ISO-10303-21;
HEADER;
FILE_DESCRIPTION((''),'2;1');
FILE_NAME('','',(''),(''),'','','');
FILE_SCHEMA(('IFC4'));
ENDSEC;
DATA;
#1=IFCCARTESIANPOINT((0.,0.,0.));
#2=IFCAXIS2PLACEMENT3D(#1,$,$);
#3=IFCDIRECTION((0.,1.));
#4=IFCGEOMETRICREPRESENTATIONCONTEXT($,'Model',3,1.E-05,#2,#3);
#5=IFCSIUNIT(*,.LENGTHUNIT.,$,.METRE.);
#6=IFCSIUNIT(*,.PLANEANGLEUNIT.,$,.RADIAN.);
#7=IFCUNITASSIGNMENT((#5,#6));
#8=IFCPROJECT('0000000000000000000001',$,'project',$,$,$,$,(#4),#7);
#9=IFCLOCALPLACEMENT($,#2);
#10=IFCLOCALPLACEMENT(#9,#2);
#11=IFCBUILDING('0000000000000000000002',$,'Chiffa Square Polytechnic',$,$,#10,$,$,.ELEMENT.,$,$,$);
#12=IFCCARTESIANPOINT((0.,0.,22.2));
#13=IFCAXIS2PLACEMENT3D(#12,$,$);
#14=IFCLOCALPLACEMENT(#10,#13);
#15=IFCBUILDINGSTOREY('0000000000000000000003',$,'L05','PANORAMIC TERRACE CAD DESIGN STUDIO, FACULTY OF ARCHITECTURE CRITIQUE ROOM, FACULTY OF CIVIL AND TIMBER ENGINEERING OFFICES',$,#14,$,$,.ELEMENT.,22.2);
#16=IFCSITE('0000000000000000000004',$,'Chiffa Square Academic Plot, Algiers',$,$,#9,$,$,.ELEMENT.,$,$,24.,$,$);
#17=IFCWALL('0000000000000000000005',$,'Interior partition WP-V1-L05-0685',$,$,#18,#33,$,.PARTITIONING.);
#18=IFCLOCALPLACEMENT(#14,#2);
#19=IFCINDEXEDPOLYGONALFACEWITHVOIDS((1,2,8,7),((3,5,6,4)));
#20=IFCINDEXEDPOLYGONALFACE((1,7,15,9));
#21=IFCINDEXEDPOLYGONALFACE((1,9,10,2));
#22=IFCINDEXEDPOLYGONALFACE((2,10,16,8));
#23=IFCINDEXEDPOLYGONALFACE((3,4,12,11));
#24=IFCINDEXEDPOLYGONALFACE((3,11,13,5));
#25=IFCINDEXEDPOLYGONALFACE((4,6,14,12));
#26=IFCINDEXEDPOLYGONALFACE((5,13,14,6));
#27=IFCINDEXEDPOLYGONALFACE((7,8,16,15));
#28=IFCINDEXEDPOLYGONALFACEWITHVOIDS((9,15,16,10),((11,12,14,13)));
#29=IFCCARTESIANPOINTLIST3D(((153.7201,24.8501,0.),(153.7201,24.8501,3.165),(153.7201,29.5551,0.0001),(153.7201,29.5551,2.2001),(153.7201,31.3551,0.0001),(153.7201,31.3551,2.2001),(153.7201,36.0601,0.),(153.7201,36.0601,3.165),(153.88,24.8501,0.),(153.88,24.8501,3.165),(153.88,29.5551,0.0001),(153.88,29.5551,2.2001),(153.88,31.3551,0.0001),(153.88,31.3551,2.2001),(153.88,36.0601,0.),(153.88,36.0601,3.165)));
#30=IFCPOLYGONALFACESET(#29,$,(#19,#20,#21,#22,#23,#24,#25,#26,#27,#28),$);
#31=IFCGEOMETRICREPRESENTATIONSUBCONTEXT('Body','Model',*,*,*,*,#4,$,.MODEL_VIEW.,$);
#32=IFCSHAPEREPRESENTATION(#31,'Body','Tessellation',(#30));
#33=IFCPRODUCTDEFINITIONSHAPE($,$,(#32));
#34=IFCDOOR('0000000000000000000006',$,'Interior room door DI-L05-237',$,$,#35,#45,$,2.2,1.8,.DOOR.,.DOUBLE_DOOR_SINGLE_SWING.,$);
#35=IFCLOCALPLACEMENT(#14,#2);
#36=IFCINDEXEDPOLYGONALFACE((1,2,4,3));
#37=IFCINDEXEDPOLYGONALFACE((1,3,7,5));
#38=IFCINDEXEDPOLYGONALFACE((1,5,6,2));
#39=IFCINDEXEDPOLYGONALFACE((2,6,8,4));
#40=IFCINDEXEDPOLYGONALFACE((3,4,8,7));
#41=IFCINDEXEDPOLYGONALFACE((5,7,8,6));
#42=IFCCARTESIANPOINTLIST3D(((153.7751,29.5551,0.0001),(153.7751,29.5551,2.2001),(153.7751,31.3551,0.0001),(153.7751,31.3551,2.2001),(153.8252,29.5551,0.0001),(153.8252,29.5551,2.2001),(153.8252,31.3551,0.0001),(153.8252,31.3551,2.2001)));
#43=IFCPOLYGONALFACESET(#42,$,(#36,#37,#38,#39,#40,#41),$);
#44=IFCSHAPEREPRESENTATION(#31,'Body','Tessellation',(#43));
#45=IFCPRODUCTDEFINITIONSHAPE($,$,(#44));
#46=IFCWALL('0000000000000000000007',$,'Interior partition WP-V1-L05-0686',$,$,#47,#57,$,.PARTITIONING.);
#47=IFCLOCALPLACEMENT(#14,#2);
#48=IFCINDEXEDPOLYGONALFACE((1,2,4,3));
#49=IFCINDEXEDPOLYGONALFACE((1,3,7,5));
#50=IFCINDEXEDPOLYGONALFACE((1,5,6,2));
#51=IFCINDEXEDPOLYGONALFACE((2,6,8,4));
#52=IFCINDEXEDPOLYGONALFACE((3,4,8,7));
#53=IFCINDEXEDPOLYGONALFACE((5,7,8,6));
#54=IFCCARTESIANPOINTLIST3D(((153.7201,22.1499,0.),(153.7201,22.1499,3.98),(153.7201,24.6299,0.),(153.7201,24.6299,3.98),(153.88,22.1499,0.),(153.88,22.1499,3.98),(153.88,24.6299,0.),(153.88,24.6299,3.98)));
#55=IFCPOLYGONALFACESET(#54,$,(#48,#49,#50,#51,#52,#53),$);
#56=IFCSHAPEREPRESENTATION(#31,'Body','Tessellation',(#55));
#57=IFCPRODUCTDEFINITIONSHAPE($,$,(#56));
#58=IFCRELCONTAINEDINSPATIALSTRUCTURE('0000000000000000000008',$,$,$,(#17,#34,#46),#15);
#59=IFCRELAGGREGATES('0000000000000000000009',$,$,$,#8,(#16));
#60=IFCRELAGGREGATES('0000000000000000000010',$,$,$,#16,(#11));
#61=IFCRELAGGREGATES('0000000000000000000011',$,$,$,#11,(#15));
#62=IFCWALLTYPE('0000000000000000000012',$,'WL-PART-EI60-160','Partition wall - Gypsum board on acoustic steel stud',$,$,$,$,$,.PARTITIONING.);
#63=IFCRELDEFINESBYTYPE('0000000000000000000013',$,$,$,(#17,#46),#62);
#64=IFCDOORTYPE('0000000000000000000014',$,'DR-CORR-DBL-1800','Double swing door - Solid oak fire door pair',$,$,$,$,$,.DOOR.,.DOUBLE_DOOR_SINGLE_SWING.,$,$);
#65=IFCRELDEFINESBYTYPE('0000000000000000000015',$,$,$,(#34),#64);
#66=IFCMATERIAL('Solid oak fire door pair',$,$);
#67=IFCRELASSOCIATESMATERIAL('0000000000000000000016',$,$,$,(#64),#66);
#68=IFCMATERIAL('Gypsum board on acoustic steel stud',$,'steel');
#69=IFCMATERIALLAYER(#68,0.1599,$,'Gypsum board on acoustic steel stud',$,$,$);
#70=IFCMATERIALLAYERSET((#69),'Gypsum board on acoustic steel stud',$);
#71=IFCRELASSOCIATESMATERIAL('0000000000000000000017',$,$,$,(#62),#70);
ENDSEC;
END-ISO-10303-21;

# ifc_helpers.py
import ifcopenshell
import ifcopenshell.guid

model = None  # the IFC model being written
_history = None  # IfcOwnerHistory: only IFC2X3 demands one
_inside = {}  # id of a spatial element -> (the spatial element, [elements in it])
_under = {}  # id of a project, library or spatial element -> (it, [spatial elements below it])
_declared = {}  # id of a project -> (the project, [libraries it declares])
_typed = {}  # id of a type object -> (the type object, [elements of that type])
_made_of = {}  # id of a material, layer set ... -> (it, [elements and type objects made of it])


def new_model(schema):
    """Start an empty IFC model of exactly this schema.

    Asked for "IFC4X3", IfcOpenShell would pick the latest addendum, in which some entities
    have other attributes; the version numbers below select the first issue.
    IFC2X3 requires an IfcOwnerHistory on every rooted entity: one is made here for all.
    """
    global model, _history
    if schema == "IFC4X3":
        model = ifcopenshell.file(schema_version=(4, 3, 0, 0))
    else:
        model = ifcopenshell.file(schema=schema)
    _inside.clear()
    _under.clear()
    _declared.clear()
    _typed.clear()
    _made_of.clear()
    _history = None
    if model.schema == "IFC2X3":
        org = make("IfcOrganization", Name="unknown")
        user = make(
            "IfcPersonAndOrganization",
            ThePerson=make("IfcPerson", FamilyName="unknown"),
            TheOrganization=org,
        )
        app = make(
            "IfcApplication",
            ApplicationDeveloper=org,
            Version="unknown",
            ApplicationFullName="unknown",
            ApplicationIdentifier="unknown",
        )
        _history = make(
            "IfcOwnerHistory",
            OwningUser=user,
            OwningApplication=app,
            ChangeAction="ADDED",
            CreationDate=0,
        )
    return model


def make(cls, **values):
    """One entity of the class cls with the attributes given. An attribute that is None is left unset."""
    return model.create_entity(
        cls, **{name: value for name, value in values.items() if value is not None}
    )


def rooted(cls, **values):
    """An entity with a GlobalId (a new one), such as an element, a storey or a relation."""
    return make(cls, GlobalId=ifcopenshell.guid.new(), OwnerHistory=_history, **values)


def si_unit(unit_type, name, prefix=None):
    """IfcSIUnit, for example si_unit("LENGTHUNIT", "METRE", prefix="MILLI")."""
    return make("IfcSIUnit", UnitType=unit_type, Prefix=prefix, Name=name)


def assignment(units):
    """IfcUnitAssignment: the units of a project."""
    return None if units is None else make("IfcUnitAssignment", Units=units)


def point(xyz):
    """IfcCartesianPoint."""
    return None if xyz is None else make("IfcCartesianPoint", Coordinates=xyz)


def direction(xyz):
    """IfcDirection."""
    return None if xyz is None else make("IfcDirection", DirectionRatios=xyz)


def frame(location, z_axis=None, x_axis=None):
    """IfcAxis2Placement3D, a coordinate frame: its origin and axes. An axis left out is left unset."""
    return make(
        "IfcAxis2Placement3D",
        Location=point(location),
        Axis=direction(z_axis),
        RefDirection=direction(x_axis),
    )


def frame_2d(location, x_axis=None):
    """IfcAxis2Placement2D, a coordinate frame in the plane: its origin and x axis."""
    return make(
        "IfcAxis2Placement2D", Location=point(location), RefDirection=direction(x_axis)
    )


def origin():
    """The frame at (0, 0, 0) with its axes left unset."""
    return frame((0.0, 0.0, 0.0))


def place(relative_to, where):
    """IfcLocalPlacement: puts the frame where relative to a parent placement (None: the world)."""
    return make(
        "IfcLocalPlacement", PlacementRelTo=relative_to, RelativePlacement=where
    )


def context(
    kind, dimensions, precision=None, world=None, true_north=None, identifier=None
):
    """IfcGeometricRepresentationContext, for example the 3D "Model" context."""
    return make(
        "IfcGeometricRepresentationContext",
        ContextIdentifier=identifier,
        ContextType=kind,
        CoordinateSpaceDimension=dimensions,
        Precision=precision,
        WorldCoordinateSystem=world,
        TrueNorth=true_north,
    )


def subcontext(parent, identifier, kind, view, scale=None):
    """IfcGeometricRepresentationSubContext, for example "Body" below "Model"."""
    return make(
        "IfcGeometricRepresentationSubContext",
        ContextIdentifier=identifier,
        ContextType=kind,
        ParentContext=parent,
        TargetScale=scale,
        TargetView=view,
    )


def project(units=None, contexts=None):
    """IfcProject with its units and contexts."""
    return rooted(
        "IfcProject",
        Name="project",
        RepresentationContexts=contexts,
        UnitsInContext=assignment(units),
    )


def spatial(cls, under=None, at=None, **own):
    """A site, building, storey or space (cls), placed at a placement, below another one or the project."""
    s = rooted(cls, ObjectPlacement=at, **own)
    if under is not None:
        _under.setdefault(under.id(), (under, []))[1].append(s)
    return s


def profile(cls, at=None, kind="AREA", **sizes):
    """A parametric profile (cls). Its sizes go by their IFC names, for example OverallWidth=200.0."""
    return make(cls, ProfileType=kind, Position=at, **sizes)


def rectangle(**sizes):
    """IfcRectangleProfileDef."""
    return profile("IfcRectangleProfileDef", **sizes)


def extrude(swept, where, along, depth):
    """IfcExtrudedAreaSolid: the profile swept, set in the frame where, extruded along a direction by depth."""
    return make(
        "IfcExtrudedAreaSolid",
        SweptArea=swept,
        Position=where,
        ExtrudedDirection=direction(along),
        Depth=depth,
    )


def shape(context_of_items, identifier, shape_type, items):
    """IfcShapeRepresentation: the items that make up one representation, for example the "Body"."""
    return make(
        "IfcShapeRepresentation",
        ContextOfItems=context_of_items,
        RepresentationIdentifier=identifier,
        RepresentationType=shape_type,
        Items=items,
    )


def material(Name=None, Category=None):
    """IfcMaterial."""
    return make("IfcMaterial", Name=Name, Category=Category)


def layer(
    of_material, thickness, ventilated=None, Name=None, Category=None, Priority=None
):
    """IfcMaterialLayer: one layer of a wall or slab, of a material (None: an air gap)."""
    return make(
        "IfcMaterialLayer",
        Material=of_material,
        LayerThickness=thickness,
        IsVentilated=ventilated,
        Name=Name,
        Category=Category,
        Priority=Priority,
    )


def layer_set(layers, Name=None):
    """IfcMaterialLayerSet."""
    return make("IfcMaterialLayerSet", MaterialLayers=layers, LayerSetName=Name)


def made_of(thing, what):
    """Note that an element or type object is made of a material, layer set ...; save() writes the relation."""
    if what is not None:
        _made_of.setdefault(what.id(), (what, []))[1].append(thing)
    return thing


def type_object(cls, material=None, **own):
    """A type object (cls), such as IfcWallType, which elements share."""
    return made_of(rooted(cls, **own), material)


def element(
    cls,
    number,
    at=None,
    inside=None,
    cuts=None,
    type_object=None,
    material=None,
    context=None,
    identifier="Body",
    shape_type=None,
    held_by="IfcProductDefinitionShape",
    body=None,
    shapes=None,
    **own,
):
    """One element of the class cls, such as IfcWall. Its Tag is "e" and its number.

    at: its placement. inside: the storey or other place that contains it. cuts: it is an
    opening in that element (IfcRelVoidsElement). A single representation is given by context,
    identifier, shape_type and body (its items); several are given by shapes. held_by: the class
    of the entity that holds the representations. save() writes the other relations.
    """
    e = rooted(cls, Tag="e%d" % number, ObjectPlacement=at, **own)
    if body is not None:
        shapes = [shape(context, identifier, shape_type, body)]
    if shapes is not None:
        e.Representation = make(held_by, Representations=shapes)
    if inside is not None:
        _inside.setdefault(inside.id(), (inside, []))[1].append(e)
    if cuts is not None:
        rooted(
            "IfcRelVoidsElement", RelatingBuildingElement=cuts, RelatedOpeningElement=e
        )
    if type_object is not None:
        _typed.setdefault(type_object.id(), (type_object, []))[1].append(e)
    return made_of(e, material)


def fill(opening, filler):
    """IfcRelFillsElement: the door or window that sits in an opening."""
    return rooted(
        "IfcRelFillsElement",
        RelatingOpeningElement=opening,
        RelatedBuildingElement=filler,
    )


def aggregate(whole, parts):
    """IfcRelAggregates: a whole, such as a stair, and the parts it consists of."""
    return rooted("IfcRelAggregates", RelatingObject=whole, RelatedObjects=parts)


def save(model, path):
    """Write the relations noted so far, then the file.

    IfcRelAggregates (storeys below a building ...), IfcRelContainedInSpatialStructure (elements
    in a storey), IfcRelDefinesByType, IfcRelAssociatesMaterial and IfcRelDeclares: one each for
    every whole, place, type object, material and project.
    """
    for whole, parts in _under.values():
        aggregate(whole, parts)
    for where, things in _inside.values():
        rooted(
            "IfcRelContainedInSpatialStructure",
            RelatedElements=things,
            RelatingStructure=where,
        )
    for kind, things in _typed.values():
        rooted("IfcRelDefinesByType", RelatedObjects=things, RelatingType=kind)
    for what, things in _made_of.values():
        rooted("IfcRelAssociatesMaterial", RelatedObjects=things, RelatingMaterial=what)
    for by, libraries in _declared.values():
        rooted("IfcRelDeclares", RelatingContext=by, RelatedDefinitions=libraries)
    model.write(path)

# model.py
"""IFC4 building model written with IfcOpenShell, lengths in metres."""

from ifc_helpers import new_model, si_unit, direction, frame, frame_2d, origin, place, context, subcontext, project, spatial, rectangle, extrude, material, layer, layer_set, type_object, element, fill, save


model = new_model("IFC4")

# Units and contexts
model_context = context("Model", 3, precision=1e-05, world=origin(), true_north=direction((0.0, 1.0)))
body_context = subcontext(model_context, "Body", "Model", "MODEL_VIEW")
ifc_project = project(units=[si_unit("LENGTHUNIT", "METRE"), si_unit("PLANEANGLEUNIT", "RADIAN")], contexts=[model_context])

# Site, building, storey
site_placement = place(None, origin())
site = spatial("IfcSite", under=ifc_project, at=site_placement, Name="Chiffa Square Academic Plot, Algiers", CompositionType="ELEMENT", RefElevation=24.0)
building_placement = place(site_placement, origin())
building = spatial("IfcBuilding", under=site, at=building_placement, Name="Chiffa Square Polytechnic", CompositionType="ELEMENT")
storey_placement = place(building_placement, frame((0.0, 0.0, 22.2)))
storey = spatial("IfcBuildingStorey", under=building, at=storey_placement, Name="L05", Description="PANORAMIC TERRACE CAD DESIGN STUDIO, FACULTY OF ARCHITECTURE CRITIQUE ROOM, FACULTY OF CIVIL AND TIMBER ENGINEERING OFFICES", CompositionType="ELEMENT", Elevation=22.2)

# Wall, opening, door
ifc_material_1 = material(Name="Solid oak fire door pair")
door_type = type_object("IfcDoorType", Name="DR-CORR-DBL-1800", Description="Double swing door - Solid oak fire door pair", OperationType="DOUBLE_DOOR_SINGLE_SWING", PredefinedType="DOOR", material=ifc_material_1)
ifc_material_2 = material(Name="Gypsum board on acoustic steel stud", Category="steel")
ifc_layer_1 = layer(ifc_material_2, 0.1599, Name="Gypsum board on acoustic steel stud")
ifc_layer_set_1 = layer_set([ifc_layer_1], Name="Gypsum board on acoustic steel stud")
wall_type_1 = type_object("IfcWallType", Name="WL-PART-EI60-160", Description="Partition wall - Gypsum board on acoustic steel stud", PredefinedType="PARTITIONING", material=ifc_layer_set_1)
wall_1_placement = place(storey_placement, frame((153.8, 24.8501, 0.0), z_axis=(0.0, 0.0, 1.0), x_axis=(0.0, 1.0, 0.0)))
wall_1 = element("IfcWall", 1, at=wall_1_placement, inside=storey, type_object=wall_type_1, Name="Interior partition WP-V1-L05-0685", PredefinedType="PARTITIONING", context=body_context, shape_type="SweptSolid", body=[
    extrude(rectangle(XDim=11.21, YDim=0.1599, at=frame_2d((5.605, 0.0))), origin(), (0.0, 0.0, 1.0), 3.165),
])
opening_1_placement = place(wall_1_placement, frame((4.7051, 0.0, 0.0)))
opening_1 = element("IfcOpeningElement", 2, at=opening_1_placement, cuts=wall_1, PredefinedType="OPENING", context=body_context, shape_type="SweptSolid", body=[
    extrude(rectangle(XDim=1.8, YDim=2.2, at=frame_2d((0.8999, 1.1001))), frame((0.0, 0.0898, 0.0), z_axis=(0.0, -1.0, 0.0), x_axis=(1.0, 0.0, 0.0)), (0.0, 0.0, 1.0), 0.1799),
])
door_1_placement = place(opening_1_placement, origin())
door_1 = element("IfcDoor", 3, at=door_1_placement, inside=storey, type_object=door_type, Name="Interior room door DI-L05-237", OperationType="DOUBLE_DOOR_SINGLE_SWING", OverallHeight=2.2, OverallWidth=1.8, PredefinedType="DOOR", context=body_context, shape_type="SweptSolid", body=[
    extrude(rectangle(XDim=1.8, YDim=2.2, at=frame_2d((0.8999, 1.1001))), frame((0.0, 0.0249, 0.0), z_axis=(0.0, -1.0, 0.0), x_axis=(1.0, 0.0, 0.0)), (0.0, 0.0, 1.0), 0.05),
])
fill(opening_1, door_1)

# Wall
wall_2_placement = place(storey_placement, frame((153.8, 22.1499, 0.0), z_axis=(0.0, 0.0, 1.0), x_axis=(0.0, 1.0, 0.0)))
element("IfcWall", 4, at=wall_2_placement, inside=storey, type_object=wall_type_1, Name="Interior partition WP-V1-L05-0686", PredefinedType="PARTITIONING", context=body_context, shape_type="SweptSolid", body=[
    extrude(rectangle(XDim=2.48, YDim=0.1599, at=frame_2d((1.24, 0.0))), origin(), (0.0, 0.0, 1.0), 3.98),
])

save(model, "model.ifc")
